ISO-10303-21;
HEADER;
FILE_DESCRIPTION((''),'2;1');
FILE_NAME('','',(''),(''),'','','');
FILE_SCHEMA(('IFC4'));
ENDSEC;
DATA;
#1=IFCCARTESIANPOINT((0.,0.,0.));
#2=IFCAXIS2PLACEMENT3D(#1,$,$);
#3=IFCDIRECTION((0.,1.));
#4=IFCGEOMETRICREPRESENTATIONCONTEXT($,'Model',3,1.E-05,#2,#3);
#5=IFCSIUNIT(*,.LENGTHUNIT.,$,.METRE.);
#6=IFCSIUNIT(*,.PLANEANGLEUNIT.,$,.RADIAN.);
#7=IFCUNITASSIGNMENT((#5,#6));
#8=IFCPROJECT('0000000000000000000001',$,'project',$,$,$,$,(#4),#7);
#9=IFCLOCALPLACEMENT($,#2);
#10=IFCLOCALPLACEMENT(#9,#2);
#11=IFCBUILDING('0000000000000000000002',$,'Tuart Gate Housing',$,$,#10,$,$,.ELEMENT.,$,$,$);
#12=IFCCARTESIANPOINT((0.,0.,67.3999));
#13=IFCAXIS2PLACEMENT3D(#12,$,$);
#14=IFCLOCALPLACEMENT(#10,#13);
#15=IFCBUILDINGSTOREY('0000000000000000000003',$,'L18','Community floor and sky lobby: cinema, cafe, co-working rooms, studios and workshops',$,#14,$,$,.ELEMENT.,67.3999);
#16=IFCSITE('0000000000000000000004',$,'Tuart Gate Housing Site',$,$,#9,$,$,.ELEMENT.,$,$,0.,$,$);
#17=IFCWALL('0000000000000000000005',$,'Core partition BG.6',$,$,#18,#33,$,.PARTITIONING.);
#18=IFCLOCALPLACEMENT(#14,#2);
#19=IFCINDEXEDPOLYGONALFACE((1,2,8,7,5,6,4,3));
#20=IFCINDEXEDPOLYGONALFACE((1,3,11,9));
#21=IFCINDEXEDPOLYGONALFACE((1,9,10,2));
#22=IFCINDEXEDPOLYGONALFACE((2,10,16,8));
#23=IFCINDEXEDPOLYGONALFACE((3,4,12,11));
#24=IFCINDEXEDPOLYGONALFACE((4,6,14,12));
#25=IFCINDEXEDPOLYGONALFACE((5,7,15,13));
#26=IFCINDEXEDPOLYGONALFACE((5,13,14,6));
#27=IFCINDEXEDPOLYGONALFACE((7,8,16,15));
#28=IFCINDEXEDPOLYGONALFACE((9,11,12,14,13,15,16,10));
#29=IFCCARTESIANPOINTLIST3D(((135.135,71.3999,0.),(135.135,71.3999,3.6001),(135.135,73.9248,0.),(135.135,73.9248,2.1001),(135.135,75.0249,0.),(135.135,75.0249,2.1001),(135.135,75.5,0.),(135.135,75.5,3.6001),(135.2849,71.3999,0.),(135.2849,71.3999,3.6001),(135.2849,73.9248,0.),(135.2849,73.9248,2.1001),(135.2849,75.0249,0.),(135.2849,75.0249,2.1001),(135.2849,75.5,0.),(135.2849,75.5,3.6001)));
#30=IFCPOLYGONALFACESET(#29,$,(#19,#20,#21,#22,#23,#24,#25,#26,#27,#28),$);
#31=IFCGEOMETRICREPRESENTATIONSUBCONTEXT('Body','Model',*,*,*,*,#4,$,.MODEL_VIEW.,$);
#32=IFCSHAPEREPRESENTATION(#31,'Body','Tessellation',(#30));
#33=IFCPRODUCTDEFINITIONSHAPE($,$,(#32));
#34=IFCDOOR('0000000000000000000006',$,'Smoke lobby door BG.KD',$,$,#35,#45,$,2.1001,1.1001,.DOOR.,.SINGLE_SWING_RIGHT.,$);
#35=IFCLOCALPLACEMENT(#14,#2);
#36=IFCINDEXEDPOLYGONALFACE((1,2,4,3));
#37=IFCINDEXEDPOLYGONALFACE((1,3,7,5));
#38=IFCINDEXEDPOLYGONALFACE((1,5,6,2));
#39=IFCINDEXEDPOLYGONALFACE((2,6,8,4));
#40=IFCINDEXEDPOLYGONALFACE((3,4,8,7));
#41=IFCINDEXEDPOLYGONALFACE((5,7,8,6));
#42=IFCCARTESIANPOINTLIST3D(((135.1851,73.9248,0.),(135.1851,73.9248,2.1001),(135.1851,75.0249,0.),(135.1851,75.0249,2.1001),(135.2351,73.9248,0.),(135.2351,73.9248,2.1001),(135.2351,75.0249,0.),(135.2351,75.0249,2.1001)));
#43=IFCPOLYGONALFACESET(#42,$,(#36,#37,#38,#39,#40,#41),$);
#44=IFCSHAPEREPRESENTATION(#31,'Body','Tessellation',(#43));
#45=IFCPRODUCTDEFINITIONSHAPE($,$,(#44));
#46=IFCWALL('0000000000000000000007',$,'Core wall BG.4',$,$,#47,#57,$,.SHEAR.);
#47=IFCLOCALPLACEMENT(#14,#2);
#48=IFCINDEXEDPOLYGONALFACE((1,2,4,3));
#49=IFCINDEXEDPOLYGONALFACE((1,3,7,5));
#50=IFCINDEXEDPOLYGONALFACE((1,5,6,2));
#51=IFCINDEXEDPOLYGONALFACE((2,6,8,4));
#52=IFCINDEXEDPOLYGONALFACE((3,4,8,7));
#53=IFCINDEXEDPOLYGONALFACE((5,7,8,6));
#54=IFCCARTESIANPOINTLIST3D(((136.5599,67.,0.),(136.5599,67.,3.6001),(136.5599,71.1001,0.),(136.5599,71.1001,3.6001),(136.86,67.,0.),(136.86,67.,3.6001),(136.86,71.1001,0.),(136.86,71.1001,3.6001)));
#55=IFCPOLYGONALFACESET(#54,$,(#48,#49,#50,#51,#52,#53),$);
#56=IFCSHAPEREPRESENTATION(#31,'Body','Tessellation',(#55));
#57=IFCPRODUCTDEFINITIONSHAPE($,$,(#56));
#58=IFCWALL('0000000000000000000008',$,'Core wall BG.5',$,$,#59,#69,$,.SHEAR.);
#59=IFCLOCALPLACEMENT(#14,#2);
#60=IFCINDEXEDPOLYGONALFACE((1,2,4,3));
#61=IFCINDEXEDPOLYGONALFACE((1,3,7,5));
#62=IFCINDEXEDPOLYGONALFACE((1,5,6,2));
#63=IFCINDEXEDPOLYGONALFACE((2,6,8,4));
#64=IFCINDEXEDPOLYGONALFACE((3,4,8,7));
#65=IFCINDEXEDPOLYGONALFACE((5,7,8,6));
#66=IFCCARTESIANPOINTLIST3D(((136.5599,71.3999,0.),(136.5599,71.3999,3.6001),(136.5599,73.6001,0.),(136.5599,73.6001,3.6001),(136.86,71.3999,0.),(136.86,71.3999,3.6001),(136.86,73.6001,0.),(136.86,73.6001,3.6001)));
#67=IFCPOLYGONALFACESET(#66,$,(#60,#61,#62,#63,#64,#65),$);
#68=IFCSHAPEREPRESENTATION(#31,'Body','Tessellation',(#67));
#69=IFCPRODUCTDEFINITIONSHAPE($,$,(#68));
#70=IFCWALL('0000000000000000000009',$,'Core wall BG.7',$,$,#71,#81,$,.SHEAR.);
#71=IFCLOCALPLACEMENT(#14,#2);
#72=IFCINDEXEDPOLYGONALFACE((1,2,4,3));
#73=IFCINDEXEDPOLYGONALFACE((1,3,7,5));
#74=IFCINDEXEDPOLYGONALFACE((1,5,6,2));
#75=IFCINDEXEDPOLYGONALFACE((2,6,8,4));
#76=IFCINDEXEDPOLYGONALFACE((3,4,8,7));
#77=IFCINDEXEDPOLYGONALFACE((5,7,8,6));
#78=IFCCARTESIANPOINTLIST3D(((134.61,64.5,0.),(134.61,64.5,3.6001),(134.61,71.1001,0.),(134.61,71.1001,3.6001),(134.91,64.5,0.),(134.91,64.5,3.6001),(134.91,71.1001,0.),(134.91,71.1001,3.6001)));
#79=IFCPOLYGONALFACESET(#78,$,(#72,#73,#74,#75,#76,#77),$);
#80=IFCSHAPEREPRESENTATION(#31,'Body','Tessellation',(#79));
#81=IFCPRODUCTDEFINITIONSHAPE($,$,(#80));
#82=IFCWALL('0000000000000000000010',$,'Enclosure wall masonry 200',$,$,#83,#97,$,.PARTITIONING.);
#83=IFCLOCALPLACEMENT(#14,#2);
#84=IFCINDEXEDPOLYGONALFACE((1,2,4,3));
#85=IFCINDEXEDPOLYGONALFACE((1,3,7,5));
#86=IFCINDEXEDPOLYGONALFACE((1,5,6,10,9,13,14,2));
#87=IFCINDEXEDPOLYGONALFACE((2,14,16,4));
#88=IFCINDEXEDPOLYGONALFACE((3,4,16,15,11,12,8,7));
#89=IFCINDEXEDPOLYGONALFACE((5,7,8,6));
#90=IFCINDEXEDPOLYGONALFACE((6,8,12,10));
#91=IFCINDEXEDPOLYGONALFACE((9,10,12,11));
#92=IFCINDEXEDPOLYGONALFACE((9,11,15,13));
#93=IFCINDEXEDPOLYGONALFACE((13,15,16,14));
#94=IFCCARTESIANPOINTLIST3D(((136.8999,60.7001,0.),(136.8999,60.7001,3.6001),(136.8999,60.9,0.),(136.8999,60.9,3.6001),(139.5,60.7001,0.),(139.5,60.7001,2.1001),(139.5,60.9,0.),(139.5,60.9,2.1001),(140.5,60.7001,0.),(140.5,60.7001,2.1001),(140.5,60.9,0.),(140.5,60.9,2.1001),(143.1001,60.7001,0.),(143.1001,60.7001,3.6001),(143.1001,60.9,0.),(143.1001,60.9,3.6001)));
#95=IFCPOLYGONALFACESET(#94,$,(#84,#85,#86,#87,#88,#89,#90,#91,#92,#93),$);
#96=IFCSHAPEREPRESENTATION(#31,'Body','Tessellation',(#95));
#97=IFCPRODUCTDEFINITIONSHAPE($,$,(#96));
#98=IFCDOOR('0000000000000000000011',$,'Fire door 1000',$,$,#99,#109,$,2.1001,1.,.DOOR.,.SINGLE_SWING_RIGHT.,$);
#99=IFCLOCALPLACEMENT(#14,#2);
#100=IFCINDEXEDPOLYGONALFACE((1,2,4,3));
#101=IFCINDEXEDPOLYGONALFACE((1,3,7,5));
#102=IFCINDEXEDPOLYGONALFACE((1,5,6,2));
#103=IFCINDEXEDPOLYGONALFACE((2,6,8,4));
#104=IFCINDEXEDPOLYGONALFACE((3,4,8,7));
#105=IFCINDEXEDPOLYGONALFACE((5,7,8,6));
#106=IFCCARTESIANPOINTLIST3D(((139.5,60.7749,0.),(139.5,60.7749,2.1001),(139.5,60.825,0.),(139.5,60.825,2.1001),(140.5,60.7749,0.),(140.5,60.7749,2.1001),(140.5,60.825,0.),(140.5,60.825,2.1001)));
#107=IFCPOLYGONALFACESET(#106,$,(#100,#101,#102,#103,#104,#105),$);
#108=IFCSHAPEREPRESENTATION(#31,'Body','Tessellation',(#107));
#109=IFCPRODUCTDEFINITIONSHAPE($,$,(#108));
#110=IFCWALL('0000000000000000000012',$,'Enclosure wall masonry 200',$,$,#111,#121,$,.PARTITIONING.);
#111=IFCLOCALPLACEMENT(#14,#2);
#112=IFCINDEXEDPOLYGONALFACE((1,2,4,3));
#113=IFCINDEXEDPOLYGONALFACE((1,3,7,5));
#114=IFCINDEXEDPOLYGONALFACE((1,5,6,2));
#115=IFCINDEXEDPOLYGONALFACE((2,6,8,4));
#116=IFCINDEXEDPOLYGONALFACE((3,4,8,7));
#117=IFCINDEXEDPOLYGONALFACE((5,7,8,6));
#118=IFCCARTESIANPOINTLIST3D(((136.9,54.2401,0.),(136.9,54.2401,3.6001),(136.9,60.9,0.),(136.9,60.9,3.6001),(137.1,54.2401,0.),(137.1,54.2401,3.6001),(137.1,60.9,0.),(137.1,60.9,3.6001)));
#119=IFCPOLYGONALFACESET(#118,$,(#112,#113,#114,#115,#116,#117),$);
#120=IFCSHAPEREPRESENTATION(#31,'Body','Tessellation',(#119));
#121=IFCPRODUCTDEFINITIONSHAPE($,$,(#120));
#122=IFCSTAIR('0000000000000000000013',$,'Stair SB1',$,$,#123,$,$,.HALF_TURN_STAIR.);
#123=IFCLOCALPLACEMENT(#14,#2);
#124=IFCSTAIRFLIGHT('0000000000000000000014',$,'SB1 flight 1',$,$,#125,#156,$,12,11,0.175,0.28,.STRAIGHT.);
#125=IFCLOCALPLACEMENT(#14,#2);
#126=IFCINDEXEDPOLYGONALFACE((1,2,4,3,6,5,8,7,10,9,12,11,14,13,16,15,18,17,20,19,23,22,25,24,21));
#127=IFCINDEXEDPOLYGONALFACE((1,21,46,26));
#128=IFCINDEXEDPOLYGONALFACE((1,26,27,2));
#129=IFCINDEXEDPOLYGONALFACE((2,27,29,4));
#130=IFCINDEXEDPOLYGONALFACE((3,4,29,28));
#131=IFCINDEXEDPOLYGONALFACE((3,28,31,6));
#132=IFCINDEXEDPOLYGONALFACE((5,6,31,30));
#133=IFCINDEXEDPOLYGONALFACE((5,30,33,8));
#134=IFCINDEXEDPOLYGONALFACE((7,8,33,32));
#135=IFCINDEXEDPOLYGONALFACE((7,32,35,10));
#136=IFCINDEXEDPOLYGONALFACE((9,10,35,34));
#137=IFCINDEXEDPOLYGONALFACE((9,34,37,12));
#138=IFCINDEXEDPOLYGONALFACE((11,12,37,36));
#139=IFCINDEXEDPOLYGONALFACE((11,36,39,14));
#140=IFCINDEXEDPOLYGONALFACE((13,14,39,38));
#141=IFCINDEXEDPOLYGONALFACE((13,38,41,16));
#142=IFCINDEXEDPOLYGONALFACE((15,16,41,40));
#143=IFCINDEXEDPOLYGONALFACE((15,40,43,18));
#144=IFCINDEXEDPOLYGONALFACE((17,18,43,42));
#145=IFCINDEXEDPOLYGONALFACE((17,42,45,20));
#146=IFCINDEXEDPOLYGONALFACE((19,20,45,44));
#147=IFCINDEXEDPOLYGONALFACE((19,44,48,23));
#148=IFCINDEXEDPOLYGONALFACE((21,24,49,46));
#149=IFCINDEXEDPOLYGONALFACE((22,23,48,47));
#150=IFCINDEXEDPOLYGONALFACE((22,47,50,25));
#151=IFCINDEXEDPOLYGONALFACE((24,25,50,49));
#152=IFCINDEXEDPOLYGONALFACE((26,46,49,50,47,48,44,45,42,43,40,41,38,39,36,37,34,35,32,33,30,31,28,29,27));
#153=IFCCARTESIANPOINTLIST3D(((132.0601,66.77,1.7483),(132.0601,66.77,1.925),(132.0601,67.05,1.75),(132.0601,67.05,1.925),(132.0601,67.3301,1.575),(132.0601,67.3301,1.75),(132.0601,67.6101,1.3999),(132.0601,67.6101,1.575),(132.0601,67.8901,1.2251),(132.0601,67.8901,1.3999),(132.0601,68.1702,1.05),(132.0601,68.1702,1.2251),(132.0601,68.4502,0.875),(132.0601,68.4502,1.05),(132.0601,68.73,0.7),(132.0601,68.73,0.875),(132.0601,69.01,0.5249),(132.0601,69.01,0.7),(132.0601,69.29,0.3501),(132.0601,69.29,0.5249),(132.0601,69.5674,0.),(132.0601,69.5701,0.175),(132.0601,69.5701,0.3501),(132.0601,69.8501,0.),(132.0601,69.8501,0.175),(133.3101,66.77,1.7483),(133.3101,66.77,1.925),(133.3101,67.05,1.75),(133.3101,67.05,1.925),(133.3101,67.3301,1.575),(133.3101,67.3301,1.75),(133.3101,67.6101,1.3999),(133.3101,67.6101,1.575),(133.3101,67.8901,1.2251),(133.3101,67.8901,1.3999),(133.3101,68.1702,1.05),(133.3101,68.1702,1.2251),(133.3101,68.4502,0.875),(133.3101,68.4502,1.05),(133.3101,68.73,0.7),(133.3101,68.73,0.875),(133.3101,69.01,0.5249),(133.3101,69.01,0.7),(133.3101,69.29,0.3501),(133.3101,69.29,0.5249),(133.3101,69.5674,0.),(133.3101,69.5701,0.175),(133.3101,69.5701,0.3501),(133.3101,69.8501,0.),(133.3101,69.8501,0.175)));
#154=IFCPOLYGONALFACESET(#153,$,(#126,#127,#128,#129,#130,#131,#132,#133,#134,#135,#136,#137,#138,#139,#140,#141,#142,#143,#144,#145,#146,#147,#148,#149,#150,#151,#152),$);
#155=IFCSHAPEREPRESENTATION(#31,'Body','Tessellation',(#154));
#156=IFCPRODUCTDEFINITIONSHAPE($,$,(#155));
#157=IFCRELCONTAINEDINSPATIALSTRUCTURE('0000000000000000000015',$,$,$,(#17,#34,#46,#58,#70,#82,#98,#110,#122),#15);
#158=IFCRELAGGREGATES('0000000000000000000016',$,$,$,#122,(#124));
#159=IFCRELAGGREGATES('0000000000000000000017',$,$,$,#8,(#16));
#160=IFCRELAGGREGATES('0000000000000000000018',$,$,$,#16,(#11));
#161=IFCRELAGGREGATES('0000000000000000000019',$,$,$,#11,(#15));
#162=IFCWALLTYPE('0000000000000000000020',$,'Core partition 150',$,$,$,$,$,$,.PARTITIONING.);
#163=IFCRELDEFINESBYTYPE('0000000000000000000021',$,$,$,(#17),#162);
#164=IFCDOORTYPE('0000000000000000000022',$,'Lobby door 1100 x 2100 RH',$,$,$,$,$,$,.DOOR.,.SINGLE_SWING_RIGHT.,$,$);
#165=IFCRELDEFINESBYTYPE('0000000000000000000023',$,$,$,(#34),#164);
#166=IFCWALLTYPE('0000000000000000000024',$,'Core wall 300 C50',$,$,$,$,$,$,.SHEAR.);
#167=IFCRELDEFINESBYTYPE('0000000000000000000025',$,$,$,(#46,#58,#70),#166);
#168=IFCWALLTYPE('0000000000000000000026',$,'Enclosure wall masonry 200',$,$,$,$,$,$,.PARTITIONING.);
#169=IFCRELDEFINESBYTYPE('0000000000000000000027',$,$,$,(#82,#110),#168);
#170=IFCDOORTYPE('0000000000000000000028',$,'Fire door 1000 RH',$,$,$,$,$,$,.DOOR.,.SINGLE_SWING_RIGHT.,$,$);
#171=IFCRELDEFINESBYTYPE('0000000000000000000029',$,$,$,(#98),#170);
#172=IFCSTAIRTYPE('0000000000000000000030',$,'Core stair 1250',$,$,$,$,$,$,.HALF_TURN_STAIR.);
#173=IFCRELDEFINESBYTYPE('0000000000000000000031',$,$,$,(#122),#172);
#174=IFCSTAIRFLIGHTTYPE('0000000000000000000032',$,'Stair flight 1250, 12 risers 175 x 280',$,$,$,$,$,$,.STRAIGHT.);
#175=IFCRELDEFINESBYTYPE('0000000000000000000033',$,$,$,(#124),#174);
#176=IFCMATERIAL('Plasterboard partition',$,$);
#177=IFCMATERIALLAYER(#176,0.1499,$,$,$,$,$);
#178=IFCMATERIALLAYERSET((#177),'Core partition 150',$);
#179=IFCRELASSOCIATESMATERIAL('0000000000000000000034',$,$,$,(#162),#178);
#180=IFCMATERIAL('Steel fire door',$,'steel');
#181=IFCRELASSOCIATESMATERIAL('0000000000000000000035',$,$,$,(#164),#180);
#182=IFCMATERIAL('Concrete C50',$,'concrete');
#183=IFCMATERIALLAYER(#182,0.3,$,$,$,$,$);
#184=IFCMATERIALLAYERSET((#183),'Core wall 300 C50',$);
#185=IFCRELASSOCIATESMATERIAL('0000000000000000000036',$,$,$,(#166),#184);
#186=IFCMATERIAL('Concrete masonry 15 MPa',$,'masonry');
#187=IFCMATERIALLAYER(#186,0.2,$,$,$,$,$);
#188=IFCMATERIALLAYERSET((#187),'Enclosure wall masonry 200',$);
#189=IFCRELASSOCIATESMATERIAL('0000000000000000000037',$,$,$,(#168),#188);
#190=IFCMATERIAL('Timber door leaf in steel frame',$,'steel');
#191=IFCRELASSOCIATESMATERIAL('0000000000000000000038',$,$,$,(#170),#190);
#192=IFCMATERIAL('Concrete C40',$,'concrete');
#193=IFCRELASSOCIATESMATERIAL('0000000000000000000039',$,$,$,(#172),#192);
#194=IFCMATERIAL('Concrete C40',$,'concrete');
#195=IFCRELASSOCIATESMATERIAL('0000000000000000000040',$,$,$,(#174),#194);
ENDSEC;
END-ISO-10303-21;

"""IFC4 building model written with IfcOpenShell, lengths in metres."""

from ifc_helpers import new_model, si_unit, direction, frame, frame_2d, origin, place, context, subcontext, project, spatial, polyline, rectangle, outline, extrude, material, layer, layer_set, type_object, element, fill, aggregate, save


model = new_model("IFC4")

# Units and contexts
model_context = context("Model", 3, precision=1e-05, world=origin(), true_north=direction((0.0, 1.0)))
body_context = subcontext(model_context, "Body", "Model", "MODEL_VIEW")
ifc_project = project(units=[si_unit("LENGTHUNIT", "METRE"), si_unit("PLANEANGLEUNIT", "RADIAN")], contexts=[model_context])

# Site, building, storey
site_placement = place(None, origin())
site = spatial("IfcSite", under=ifc_project, at=site_placement, Name="Tuart Gate Housing Site", CompositionType="ELEMENT", RefElevation=0.0)
building_placement = place(site_placement, origin())
building = spatial("IfcBuilding", under=site, at=building_placement, Name="Tuart Gate Housing", CompositionType="ELEMENT")
storey_placement = place(building_placement, frame((0.0, 0.0, 67.3999)))
storey = spatial("IfcBuildingStorey", under=building, at=storey_placement, Name="L18", Description="Community floor and sky lobby: cinema, cafe, co-working rooms, studios and workshops", CompositionType="ELEMENT", Elevation=67.3999)

# Wall, opening, door
ifc_material_1 = material(Name="Plasterboard partition")
ifc_layer_1 = layer(ifc_material_1, 0.1499)
ifc_layer_set_1 = layer_set([ifc_layer_1], Name="Core partition 150")
wall_type_1 = type_object("IfcWallType", Name="Core partition 150", PredefinedType="PARTITIONING", material=ifc_layer_set_1)
wall_1_placement = place(storey_placement, frame((135.21, 71.3999, 0.0), z_axis=(0.0, 0.0, 1.0), x_axis=(0.0, 1.0, 0.0)))
wall_1 = element("IfcWall", 1, at=wall_1_placement, inside=storey, type_object=wall_type_1, Name="Core partition BG.6", PredefinedType="PARTITIONING", context=body_context, shape_type="SweptSolid", body=[
    extrude(rectangle(XDim=4.1001, YDim=0.1499, at=frame_2d((2.05, 0.0))), origin(), (0.0, 0.0, 1.0), 3.6001),
])
opening_1_placement = place(wall_1_placement, frame((2.5249, 0.0, 0.0)))
opening_1 = element("IfcOpeningElement", 2, at=opening_1_placement, cuts=wall_1, PredefinedType="OPENING", context=body_context, shape_type="SweptSolid", body=[
    extrude(rectangle(XDim=1.1001, YDim=2.1001, at=frame_2d((0.55, 1.05))), frame((0.0, 0.085, 0.0), z_axis=(0.0, -1.0, 0.0), x_axis=(1.0, 0.0, 0.0)), (0.0, 0.0, 1.0), 0.1699),
])
ifc_material_2 = material(Name="Steel fire door", Category="steel")
door_type_1 = type_object("IfcDoorType", Name="Lobby door 1100 x 2100 RH", OperationType="SINGLE_SWING_RIGHT", PredefinedType="DOOR", material=ifc_material_2)
door_1_placement = place(opening_1_placement, origin())
door_1 = element("IfcDoor", 3, at=door_1_placement, inside=storey, type_object=door_type_1, Name="Smoke lobby door BG.KD", OperationType="SINGLE_SWING_RIGHT", OverallHeight=2.1001, OverallWidth=1.1001, PredefinedType="DOOR", context=body_context, shape_type="SweptSolid", body=[
    extrude(rectangle(XDim=1.1001, YDim=2.1001, at=frame_2d((0.55, 1.05))), frame((0.0, 0.0249, 0.0), z_axis=(0.0, -1.0, 0.0), x_axis=(1.0, 0.0, 0.0)), (0.0, 0.0, 1.0), 0.05),
])
fill(opening_1, door_1)

# Walls
ifc_material_3 = material(Name="Concrete C50", Category="concrete")
ifc_layer_2 = layer(ifc_material_3, 0.3)
ifc_layer_set_2 = layer_set([ifc_layer_2], Name="Core wall 300 C50")
wall_type_2 = type_object("IfcWallType", Name="Core wall 300 C50", PredefinedType="SHEAR", material=ifc_layer_set_2)
wall_2_placement = place(storey_placement, frame((136.71, 67.0, 0.0), z_axis=(0.0, 0.0, 1.0), x_axis=(0.0, 1.0, 0.0)))
element("IfcWall", 4, at=wall_2_placement, inside=storey, type_object=wall_type_2, Name="Core wall BG.4", PredefinedType="SHEAR", context=body_context, shape_type="SweptSolid", body=[
    extrude(rectangle(XDim=4.1001, YDim=0.3, at=frame_2d((2.05, 0.0))), origin(), (0.0, 0.0, 1.0), 3.6001),
])
wall_3_placement = place(storey_placement, frame((136.71, 71.3999, 0.0), z_axis=(0.0, 0.0, 1.0), x_axis=(0.0, 1.0, 0.0)))
element("IfcWall", 5, at=wall_3_placement, inside=storey, type_object=wall_type_2, Name="Core wall BG.5", PredefinedType="SHEAR", context=body_context, shape_type="SweptSolid", body=[
    extrude(rectangle(XDim=2.2002, YDim=0.3, at=frame_2d((1.1001, 0.0))), origin(), (0.0, 0.0, 1.0), 3.6001),
])
wall_4_placement = place(storey_placement, frame((134.76, 64.5, 0.0), z_axis=(0.0, 0.0, 1.0), x_axis=(0.0, 1.0, 0.0)))
element("IfcWall", 6, at=wall_4_placement, inside=storey, type_object=wall_type_2, Name="Core wall BG.7", PredefinedType="SHEAR", context=body_context, shape_type="SweptSolid", body=[
    extrude(rectangle(XDim=6.6001, YDim=0.3, at=frame_2d((3.3, 0.0))), origin(), (0.0, 0.0, 1.0), 3.6001),
])

# Wall, opening, door
ifc_material_4 = material(Name="Concrete masonry 15 MPa", Category="masonry")
ifc_layer_3 = layer(ifc_material_4, 0.2)
ifc_layer_set_3 = layer_set([ifc_layer_3], Name="Enclosure wall masonry 200")
wall_type_3 = type_object("IfcWallType", Name="Enclosure wall masonry 200", PredefinedType="PARTITIONING", material=ifc_layer_set_3)
wall_5_placement = place(storey_placement, frame((136.8999, 60.8, 0.0), z_axis=(0.0, 0.0, 1.0), x_axis=(1.0, 0.0, 0.0)))
wall_5 = element("IfcWall", 7, at=wall_5_placement, inside=storey, type_object=wall_type_3, Name="Enclosure wall masonry 200", PredefinedType="PARTITIONING", context=body_context, shape_type="SweptSolid", body=[
    extrude(rectangle(XDim=6.2002, YDim=0.2, at=frame_2d((3.1001, 0.0))), origin(), (0.0, 0.0, 1.0), 3.6001),
])
opening_2_placement = place(wall_5_placement, frame((2.6001, 0.0, 0.0)))
opening_2 = element("IfcOpeningElement", 8, at=opening_2_placement, cuts=wall_5, PredefinedType="OPENING", context=body_context, shape_type="SweptSolid", body=[
    extrude(rectangle(XDim=1.0, YDim=2.1001, at=frame_2d((0.5, 1.05))), frame((0.0, 0.1099, 0.0), z_axis=(0.0, -1.0, 0.0), x_axis=(1.0, 0.0, 0.0)), (0.0, 0.0, 1.0), 0.22),
])
ifc_material_5 = material(Name="Timber door leaf in steel frame", Category="steel")
door_type_2 = type_object("IfcDoorType", Name="Fire door 1000 RH", OperationType="SINGLE_SWING_RIGHT", PredefinedType="DOOR", material=ifc_material_5)
door_2_placement = place(opening_2_placement, frame((1.0, 0.0, 0.0), z_axis=(0.0, 0.0, 1.0), x_axis=(-1.0, 0.0, 0.0)))
door_2 = element("IfcDoor", 9, at=door_2_placement, inside=storey, type_object=door_type_2, Name="Fire door 1000", OperationType="SINGLE_SWING_RIGHT", OverallHeight=2.1001, OverallWidth=1.0, PredefinedType="DOOR", context=body_context, shape_type="SweptSolid", body=[
    extrude(rectangle(XDim=1.0, YDim=2.1001, at=frame_2d((0.5, 1.05))), frame((0.0, 0.0251, 0.0), z_axis=(0.0, -1.0, 0.0), x_axis=(1.0, 0.0, 0.0)), (0.0, 0.0, 1.0), 0.05),
])
fill(opening_2, door_2)

# Wall
wall_6_placement = place(storey_placement, frame((137.0, 54.24, 0.0), z_axis=(0.0, 0.0, 1.0), x_axis=(0.0, 1.0, 0.0)))
element("IfcWall", 10, at=wall_6_placement, inside=storey, type_object=wall_type_3, Name="Enclosure wall masonry 200", PredefinedType="PARTITIONING", context=body_context, shape_type="SweptSolid", body=[
    extrude(rectangle(XDim=6.6599, YDim=0.2, at=frame_2d((3.3301, 0.0))), origin(), (0.0, 0.0, 1.0), 3.6001),
])

# Stair, stair flight
ifc_material_6 = material(Name="Concrete C40", Category="concrete")
stair_type = type_object("IfcStairType", Name="Core stair 1250", PredefinedType="HALF_TURN_STAIR", material=ifc_material_6)
stair_placement = place(storey_placement, origin())
stair = element("IfcStair", 11, at=stair_placement, inside=storey, type_object=stair_type, Name="Stair SB1", PredefinedType="HALF_TURN_STAIR")
ifc_material_7 = material(Name="Concrete C40", Category="concrete")
stair_flight_type = type_object("IfcStairFlightType", Name="Stair flight 1250, 12 risers 175 x 280", PredefinedType="STRAIGHT", material=ifc_material_7)
stair_flight_1_placement = place(storey_placement, frame((132.6851, 69.8501, 0.0), z_axis=(0.0, 0.0, 1.0), x_axis=(0.0, -1.0, 0.0)))
stair_flight_1 = element("IfcStairFlight", 12, at=stair_flight_1_placement, type_object=stair_flight_type, Name="SB1 flight 1", NumberOfRisers=12, NumberOfTreads=11, PredefinedType="STRAIGHT", RiserHeight=0.175, TreadLength=0.28, context=body_context, shape_type="SweptSolid", body=[
    extrude(outline(polyline([(0.0, 0.0), (0.0, 0.175), (0.28, 0.175), (0.28, 0.3501), (0.5601, 0.3501), (0.5601, 0.5249), (0.8401, 0.5249), (0.8401, 0.7), (1.1201, 0.7), (1.1201, 0.875), (1.3999, 0.875), (1.3999, 1.05), (1.6799, 1.05), (1.6799, 1.2251), (1.96, 1.2251), (1.96, 1.3999), (2.24, 1.3999), (2.24, 1.575), (2.52, 1.575), (2.52, 1.75), (2.8, 1.75), (2.8, 1.925), (3.0801, 1.925), (3.0801, 2.1001), (3.0801, 1.7483), (0.2827, 0.0), (0.0, 0.0)])), frame((0.0, 0.625, 0.0), z_axis=(0.0, -1.0, 0.0), x_axis=(1.0, 0.0, 0.0)), (0.0, 0.0, 1.0), 1.25),
])
aggregate(stair, [stair_flight_1])

save(model, "model.ifc")
